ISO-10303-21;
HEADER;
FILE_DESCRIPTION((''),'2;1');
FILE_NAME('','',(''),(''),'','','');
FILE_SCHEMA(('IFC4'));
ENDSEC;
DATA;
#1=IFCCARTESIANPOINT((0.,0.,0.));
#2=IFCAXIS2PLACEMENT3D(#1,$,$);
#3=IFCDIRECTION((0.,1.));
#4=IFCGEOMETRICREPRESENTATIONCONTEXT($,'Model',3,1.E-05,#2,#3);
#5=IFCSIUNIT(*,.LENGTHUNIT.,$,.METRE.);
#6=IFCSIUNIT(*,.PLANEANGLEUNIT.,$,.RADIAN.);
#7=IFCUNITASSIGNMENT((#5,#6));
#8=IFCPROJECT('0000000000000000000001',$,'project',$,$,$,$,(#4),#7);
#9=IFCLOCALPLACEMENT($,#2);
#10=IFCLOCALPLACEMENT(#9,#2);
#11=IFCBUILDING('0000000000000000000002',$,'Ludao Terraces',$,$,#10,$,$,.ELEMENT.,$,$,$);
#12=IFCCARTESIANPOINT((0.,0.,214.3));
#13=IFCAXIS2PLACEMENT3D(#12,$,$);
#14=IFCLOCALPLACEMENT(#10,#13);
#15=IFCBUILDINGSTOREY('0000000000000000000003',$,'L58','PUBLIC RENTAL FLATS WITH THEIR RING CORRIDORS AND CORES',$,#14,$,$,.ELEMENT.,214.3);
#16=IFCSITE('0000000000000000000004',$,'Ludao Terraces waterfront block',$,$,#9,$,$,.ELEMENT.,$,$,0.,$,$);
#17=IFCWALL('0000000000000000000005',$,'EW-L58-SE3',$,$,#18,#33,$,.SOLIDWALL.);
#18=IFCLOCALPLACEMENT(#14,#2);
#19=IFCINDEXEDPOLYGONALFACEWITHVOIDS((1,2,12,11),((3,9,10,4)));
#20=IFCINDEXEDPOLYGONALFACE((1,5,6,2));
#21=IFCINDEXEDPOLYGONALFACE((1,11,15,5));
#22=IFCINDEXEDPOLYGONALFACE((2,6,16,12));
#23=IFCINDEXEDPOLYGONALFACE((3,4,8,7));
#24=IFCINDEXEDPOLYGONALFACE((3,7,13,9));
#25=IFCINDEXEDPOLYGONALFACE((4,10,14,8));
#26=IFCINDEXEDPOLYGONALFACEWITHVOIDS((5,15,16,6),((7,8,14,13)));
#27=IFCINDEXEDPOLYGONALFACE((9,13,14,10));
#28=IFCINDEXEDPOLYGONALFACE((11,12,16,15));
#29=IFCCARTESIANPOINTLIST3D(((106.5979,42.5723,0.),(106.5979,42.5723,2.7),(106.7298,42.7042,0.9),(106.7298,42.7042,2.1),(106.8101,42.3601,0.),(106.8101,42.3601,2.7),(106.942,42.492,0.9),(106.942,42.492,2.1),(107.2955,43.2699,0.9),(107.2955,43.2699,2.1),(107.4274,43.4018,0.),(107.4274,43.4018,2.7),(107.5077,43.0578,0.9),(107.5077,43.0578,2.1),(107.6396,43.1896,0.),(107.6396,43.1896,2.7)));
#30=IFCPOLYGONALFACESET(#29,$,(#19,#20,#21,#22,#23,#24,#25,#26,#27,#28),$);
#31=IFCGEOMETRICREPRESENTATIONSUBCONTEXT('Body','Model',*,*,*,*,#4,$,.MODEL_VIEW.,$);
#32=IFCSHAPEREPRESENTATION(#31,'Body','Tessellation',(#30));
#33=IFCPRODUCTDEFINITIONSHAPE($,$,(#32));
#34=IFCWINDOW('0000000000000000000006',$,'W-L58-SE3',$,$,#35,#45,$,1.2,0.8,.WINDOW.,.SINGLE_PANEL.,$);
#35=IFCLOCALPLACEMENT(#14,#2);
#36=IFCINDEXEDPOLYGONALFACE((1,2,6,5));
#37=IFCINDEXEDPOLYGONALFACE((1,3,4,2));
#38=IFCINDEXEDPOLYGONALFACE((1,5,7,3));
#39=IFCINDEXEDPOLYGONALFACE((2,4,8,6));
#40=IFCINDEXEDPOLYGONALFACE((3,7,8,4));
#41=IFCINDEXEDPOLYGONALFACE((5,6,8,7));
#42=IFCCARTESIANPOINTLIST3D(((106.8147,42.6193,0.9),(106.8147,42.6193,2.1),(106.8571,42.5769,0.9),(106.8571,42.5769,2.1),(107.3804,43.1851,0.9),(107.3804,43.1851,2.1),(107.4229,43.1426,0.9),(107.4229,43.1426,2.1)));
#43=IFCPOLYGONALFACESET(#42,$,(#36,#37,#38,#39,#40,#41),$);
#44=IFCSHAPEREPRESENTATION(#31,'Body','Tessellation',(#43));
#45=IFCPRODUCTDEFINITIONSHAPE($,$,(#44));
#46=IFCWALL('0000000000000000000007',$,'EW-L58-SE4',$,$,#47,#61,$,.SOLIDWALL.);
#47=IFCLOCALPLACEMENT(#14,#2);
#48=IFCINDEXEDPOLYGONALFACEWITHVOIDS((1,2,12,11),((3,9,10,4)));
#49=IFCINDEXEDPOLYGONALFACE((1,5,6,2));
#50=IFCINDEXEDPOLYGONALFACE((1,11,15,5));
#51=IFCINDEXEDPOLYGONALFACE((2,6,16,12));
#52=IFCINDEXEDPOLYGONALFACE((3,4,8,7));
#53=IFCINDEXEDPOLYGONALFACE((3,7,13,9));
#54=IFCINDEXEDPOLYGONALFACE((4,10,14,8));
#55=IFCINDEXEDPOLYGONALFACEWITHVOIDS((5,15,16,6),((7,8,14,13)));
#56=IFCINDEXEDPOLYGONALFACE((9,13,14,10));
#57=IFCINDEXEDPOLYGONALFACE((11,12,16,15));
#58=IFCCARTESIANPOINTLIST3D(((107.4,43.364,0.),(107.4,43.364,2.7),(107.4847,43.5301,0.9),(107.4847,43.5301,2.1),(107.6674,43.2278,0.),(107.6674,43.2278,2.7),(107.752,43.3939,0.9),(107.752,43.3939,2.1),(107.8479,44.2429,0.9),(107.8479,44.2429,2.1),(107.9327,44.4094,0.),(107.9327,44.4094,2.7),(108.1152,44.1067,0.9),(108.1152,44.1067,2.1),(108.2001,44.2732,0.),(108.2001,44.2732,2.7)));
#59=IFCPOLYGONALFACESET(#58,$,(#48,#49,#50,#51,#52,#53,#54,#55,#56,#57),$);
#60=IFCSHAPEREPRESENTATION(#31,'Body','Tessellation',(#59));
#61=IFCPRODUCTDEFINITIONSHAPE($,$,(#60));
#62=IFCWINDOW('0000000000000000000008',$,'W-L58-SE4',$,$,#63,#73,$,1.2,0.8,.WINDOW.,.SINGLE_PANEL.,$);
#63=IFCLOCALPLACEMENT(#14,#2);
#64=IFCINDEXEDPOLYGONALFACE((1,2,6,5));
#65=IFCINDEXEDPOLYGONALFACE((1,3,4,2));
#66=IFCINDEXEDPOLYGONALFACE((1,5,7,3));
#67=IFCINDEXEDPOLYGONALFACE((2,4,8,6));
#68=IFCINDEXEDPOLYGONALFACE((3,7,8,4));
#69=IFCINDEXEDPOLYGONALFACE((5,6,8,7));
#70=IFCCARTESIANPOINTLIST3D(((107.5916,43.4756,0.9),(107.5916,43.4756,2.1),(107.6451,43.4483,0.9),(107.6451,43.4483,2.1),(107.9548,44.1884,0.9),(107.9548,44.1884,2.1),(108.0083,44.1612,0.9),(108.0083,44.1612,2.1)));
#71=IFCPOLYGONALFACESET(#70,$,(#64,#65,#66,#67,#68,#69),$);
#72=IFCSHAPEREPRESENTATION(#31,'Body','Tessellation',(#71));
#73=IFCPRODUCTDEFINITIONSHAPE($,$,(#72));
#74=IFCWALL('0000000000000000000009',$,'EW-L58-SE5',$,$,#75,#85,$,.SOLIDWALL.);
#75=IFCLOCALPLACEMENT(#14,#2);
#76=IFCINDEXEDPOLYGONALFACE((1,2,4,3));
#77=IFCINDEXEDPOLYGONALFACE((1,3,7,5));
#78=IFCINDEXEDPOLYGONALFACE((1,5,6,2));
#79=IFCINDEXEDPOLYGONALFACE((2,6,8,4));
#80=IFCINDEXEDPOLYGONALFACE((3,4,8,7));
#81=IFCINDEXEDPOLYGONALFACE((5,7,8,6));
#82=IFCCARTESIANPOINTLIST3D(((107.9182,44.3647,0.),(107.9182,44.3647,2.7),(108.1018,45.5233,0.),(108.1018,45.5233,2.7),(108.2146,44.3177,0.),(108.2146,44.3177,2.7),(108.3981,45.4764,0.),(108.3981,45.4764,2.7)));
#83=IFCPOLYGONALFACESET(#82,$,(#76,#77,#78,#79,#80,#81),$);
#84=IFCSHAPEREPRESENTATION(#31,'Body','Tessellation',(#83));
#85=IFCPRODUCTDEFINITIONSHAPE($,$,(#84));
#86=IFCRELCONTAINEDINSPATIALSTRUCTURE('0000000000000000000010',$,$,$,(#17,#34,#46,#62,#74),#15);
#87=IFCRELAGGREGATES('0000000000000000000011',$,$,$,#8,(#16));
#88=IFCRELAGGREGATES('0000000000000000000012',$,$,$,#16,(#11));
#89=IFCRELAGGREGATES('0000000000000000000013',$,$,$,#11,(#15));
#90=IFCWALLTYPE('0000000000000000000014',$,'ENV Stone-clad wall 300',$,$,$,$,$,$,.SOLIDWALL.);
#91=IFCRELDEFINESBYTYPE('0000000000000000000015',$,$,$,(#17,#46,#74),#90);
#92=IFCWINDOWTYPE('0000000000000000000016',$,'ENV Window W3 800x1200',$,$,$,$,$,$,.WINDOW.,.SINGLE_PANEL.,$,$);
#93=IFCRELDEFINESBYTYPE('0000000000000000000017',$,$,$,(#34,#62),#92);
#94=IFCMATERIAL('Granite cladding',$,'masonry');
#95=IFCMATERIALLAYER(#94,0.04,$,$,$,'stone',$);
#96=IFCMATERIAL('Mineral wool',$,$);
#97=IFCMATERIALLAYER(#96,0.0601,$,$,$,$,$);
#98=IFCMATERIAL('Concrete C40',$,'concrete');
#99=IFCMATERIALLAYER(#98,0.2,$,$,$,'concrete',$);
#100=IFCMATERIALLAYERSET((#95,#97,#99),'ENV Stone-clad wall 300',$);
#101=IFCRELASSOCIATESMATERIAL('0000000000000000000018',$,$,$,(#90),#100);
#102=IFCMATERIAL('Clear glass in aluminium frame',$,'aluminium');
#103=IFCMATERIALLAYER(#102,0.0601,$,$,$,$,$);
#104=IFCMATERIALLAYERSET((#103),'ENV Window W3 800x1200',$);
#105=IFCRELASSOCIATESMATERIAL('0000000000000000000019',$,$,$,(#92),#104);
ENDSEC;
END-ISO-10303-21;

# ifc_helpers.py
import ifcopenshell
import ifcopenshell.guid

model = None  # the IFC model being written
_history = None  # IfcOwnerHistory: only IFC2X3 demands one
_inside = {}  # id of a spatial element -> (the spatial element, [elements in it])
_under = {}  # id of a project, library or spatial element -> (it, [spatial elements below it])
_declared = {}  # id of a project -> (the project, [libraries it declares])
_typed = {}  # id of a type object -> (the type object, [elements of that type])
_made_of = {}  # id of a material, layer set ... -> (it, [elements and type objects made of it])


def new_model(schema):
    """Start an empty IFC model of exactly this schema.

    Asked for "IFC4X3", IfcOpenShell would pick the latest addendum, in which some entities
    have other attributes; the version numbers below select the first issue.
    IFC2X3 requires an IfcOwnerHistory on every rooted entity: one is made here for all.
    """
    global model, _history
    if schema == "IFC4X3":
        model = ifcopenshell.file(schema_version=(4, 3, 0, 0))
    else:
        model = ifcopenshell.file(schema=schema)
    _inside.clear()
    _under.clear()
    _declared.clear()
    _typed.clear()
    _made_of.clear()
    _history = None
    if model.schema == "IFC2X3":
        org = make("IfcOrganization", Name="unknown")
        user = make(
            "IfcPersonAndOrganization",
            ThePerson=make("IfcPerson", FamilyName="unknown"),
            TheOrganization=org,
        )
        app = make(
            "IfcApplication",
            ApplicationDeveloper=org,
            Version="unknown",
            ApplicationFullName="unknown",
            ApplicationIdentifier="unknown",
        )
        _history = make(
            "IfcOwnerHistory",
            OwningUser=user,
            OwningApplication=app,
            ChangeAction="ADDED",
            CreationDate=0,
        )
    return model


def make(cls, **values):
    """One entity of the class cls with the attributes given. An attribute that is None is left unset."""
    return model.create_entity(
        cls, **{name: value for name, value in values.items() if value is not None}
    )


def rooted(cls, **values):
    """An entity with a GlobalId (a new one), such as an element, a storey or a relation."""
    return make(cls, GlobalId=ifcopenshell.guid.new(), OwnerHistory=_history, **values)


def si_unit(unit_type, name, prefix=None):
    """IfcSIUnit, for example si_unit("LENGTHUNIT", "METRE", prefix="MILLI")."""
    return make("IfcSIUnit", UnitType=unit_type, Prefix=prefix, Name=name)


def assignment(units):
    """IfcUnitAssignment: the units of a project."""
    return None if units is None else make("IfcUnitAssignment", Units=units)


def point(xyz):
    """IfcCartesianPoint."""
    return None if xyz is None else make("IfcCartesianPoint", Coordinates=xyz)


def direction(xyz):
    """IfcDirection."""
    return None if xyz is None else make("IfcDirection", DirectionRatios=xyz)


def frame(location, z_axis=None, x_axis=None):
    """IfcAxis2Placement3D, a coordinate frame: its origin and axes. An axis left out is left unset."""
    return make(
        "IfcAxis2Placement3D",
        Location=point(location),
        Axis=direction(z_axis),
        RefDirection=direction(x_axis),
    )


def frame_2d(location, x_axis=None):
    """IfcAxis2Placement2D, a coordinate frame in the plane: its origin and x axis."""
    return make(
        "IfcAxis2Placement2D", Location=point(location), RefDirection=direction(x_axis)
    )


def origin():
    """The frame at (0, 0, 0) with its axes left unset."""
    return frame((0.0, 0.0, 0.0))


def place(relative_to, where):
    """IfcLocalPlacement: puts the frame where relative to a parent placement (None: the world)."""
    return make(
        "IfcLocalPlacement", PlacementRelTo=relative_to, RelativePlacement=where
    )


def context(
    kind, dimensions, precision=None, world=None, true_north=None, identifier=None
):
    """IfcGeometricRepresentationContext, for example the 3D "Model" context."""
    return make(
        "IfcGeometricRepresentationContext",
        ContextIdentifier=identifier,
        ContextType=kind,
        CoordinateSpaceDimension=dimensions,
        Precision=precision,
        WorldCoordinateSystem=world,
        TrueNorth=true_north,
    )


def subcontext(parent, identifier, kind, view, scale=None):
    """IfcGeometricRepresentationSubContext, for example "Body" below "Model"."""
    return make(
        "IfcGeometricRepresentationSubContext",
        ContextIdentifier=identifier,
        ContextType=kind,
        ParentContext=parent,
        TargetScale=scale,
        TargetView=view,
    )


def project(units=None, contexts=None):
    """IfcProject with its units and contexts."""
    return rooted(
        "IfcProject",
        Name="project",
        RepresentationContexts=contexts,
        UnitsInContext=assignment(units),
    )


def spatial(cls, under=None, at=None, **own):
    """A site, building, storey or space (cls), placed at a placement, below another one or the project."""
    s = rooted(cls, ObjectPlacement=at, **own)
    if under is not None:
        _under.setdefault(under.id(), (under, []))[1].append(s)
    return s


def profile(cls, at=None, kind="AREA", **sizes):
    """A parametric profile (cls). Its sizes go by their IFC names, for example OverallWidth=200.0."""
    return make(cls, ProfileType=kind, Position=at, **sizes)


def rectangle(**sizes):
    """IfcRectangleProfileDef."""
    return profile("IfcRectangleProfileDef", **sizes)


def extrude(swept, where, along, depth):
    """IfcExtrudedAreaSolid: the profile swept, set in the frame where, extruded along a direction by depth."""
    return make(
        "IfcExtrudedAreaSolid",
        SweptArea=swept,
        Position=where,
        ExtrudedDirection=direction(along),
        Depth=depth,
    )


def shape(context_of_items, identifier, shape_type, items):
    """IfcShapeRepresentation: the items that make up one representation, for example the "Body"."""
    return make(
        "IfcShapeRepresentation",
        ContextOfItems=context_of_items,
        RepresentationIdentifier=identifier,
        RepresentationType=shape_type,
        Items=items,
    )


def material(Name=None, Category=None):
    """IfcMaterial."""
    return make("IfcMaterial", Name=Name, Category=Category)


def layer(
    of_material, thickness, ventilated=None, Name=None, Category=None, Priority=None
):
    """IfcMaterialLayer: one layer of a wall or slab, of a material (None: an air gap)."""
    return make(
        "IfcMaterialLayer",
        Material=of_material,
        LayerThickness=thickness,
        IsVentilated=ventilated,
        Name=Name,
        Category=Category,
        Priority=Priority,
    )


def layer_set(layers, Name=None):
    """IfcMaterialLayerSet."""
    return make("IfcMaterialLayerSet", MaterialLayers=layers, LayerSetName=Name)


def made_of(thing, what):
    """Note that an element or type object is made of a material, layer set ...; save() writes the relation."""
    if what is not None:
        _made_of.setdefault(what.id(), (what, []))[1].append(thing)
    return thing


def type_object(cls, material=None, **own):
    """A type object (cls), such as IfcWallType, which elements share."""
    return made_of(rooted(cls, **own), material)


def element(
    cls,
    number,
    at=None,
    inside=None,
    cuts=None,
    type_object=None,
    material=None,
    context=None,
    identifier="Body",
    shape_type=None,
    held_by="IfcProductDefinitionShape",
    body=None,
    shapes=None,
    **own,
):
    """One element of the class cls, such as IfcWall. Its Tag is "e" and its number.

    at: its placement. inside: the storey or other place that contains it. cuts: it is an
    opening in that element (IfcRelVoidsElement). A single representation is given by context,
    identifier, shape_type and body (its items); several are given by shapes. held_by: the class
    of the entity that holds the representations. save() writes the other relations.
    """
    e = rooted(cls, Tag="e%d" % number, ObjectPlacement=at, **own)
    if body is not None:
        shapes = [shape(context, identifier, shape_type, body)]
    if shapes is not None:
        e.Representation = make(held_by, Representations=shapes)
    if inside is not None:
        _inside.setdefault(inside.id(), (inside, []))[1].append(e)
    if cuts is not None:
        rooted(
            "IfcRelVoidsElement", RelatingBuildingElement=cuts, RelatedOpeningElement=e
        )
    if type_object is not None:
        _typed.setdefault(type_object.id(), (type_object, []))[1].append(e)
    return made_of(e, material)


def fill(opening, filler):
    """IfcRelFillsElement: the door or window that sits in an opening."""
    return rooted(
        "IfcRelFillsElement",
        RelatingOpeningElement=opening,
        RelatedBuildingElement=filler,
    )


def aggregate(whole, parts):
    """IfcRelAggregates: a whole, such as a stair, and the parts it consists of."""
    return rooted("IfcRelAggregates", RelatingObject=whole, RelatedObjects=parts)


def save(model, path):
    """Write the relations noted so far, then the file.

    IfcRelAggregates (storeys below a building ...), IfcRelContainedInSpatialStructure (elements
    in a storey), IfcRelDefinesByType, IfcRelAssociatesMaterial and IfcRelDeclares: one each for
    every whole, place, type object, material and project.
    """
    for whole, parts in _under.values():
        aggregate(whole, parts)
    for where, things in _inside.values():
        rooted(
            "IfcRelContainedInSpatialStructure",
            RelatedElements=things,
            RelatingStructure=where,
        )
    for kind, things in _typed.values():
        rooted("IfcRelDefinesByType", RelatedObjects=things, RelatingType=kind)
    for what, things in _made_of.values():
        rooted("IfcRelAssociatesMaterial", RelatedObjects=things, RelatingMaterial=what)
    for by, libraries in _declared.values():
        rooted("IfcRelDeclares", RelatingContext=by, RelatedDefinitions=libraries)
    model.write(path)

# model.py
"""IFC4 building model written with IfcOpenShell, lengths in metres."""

from ifc_helpers import new_model, si_unit, direction, frame, frame_2d, origin, place, context, subcontext, project, spatial, rectangle, extrude, material, layer, layer_set, type_object, element, fill, save


model = new_model("IFC4")

# Units and contexts
model_context = context("Model", 3, precision=1e-05, world=origin(), true_north=direction((0.0, 1.0)))
body_context = subcontext(model_context, "Body", "Model", "MODEL_VIEW")
ifc_project = project(units=[si_unit("LENGTHUNIT", "METRE"), si_unit("PLANEANGLEUNIT", "RADIAN")], contexts=[model_context])

# Site, building, storey
site_placement = place(None, origin())
site = spatial("IfcSite", under=ifc_project, at=site_placement, Name="Ludao Terraces waterfront block", CompositionType="ELEMENT", RefElevation=0.0)
building_placement = place(site_placement, origin())
building = spatial("IfcBuilding", under=site, at=building_placement, Name="Ludao Terraces", CompositionType="ELEMENT")
storey_placement = place(building_placement, frame((0.0, 0.0, 214.3)))
storey = spatial("IfcBuildingStorey", under=building, at=storey_placement, Name="L58", Description="PUBLIC RENTAL FLATS WITH THEIR RING CORRIDORS AND CORES", CompositionType="ELEMENT", Elevation=214.3)

# Shared definitions
ifc_material_1 = material(Name="Concrete C40", Category="concrete")

# Shared definitions
ifc_material_2 = material(Name="Granite cladding", Category="masonry")
ifc_layer_1 = layer(ifc_material_2, 0.04, Category="stone")
ifc_material_3 = material(Name="Mineral wool")
ifc_layer_2 = layer(ifc_material_3, 0.0601)
ifc_layer_3 = layer(ifc_material_1, 0.2, Category="concrete")
ifc_layer_set_1 = layer_set([ifc_layer_1, ifc_layer_2, ifc_layer_3], Name="ENV Stone-clad wall 300")
wall_type_1 = type_object("IfcWallType", Name="ENV Stone-clad wall 300", PredefinedType="SOLIDWALL", material=ifc_layer_set_1)
ifc_material_4 = material(Name="Clear glass in aluminium frame", Category="aluminium")

# Walls, openings, windows
ifc_layer_4 = layer(ifc_material_4, 0.0601)
ifc_layer_set_2 = layer_set([ifc_layer_4], Name="ENV Window W3 800x1200")
window_type_1 = type_object("IfcWindowType", Name="ENV Window W3 800x1200", PartitioningType="SINGLE_PANEL", PredefinedType="WINDOW", material=ifc_layer_set_2)
wall_1_placement = place(storey_placement, frame((106.7041, 42.4663, 0.0), z_axis=(0.0, 0.0, 1.0), x_axis=(0.707107, 0.707107, 0.0)))
wall_1 = element("IfcWall", 1, at=wall_1_placement, inside=storey, type_object=wall_type_1, Name="EW-L58-SE3", PredefinedType="SOLIDWALL", context=body_context, shape_type="SweptSolid", body=[
    extrude(rectangle(XDim=1.1731, YDim=0.3, at=frame_2d((0.5864, 0.0))), origin(), (0.0, 0.0, 1.0), 2.7),
])
opening_1_placement = place(wall_1_placement, frame((0.1865, 0.0, 0.8999)))
opening_1 = element("IfcOpeningElement", 2, at=opening_1_placement, cuts=wall_1, PredefinedType="OPENING", context=body_context, shape_type="SweptSolid", body=[
    extrude(rectangle(XDim=0.8, YDim=1.2, at=frame_2d((0.3999, 0.6001))), frame((0.0, 0.1602, 0.0), z_axis=(0.0, -1.0, 0.0), x_axis=(1.0, 0.0, 0.0)), (0.0, 0.0, 1.0), 0.3201),
])
window_1_placement = place(opening_1_placement, origin())
window_1 = element("IfcWindow", 3, at=window_1_placement, inside=storey, type_object=window_type_1, Name="W-L58-SE3", OverallHeight=1.2, OverallWidth=0.8, PartitioningType="SINGLE_PANEL", PredefinedType="WINDOW", context=body_context, shape_type="SweptSolid", body=[
    extrude(rectangle(XDim=0.8, YDim=1.2, at=frame_2d((0.3999, 0.6001))), frame((0.0, 0.03, 0.0), z_axis=(0.0, -1.0, 0.0), x_axis=(1.0, 0.0, 0.0)), (0.0, 0.0, 1.0), 0.0601),
])
fill(opening_1, window_1)
wall_2_placement = place(storey_placement, frame((107.5337, 43.2959, 0.0), z_axis=(0.0, 0.0, 1.0), x_axis=(0.454026, 0.890989, 0.0)))
wall_2 = element("IfcWall", 4, at=wall_2_placement, inside=storey, type_object=wall_type_1, Name="EW-L58-SE4", PredefinedType="SOLIDWALL", context=body_context, shape_type="SweptSolid", body=[
    extrude(rectangle(XDim=1.1733, YDim=0.3, at=frame_2d((0.5867, 0.0))), origin(), (0.0, 0.0, 1.0), 2.7),
])
opening_2_placement = place(wall_2_placement, frame((0.1865, 0.0, 0.8999)))
opening_2 = element("IfcOpeningElement", 5, at=opening_2_placement, cuts=wall_2, PredefinedType="OPENING", context=body_context, shape_type="SweptSolid", body=[
    extrude(rectangle(XDim=0.8, YDim=1.2, at=frame_2d((0.3999, 0.6001))), frame((0.0, 0.1602, 0.0), z_axis=(0.0, -1.0, 0.0), x_axis=(1.0, 0.0, 0.0)), (0.0, 0.0, 1.0), 0.3201),
])
window_2_placement = place(opening_2_placement, origin())
window_2 = element("IfcWindow", 6, at=window_2_placement, inside=storey, type_object=window_type_1, Name="W-L58-SE4", OverallHeight=1.2, OverallWidth=0.8, PartitioningType="SINGLE_PANEL", PredefinedType="WINDOW", context=body_context, shape_type="SweptSolid", body=[
    extrude(rectangle(XDim=0.8, YDim=1.2, at=frame_2d((0.3999, 0.6001))), frame((0.0, 0.03, 0.0), z_axis=(0.0, -1.0, 0.0), x_axis=(1.0, 0.0, 0.0)), (0.0, 0.0, 1.0), 0.0601),
])
fill(opening_2, window_2)

# Wall
wall_3_placement = place(storey_placement, frame((108.0664, 44.3413, 0.0), z_axis=(0.0, 0.0, 1.0), x_axis=(0.156497, 0.987678, 0.0)))
element("IfcWall", 7, at=wall_3_placement, inside=storey, type_object=wall_type_1, Name="EW-L58-SE5", PredefinedType="SOLIDWALL", context=body_context, shape_type="SweptSolid", body=[
    extrude(rectangle(XDim=1.1731, YDim=0.3, at=frame_2d((0.5864, 0.0))), origin(), (0.0, 0.0, 1.0), 2.7),
])

save(model, "model.ifc")
